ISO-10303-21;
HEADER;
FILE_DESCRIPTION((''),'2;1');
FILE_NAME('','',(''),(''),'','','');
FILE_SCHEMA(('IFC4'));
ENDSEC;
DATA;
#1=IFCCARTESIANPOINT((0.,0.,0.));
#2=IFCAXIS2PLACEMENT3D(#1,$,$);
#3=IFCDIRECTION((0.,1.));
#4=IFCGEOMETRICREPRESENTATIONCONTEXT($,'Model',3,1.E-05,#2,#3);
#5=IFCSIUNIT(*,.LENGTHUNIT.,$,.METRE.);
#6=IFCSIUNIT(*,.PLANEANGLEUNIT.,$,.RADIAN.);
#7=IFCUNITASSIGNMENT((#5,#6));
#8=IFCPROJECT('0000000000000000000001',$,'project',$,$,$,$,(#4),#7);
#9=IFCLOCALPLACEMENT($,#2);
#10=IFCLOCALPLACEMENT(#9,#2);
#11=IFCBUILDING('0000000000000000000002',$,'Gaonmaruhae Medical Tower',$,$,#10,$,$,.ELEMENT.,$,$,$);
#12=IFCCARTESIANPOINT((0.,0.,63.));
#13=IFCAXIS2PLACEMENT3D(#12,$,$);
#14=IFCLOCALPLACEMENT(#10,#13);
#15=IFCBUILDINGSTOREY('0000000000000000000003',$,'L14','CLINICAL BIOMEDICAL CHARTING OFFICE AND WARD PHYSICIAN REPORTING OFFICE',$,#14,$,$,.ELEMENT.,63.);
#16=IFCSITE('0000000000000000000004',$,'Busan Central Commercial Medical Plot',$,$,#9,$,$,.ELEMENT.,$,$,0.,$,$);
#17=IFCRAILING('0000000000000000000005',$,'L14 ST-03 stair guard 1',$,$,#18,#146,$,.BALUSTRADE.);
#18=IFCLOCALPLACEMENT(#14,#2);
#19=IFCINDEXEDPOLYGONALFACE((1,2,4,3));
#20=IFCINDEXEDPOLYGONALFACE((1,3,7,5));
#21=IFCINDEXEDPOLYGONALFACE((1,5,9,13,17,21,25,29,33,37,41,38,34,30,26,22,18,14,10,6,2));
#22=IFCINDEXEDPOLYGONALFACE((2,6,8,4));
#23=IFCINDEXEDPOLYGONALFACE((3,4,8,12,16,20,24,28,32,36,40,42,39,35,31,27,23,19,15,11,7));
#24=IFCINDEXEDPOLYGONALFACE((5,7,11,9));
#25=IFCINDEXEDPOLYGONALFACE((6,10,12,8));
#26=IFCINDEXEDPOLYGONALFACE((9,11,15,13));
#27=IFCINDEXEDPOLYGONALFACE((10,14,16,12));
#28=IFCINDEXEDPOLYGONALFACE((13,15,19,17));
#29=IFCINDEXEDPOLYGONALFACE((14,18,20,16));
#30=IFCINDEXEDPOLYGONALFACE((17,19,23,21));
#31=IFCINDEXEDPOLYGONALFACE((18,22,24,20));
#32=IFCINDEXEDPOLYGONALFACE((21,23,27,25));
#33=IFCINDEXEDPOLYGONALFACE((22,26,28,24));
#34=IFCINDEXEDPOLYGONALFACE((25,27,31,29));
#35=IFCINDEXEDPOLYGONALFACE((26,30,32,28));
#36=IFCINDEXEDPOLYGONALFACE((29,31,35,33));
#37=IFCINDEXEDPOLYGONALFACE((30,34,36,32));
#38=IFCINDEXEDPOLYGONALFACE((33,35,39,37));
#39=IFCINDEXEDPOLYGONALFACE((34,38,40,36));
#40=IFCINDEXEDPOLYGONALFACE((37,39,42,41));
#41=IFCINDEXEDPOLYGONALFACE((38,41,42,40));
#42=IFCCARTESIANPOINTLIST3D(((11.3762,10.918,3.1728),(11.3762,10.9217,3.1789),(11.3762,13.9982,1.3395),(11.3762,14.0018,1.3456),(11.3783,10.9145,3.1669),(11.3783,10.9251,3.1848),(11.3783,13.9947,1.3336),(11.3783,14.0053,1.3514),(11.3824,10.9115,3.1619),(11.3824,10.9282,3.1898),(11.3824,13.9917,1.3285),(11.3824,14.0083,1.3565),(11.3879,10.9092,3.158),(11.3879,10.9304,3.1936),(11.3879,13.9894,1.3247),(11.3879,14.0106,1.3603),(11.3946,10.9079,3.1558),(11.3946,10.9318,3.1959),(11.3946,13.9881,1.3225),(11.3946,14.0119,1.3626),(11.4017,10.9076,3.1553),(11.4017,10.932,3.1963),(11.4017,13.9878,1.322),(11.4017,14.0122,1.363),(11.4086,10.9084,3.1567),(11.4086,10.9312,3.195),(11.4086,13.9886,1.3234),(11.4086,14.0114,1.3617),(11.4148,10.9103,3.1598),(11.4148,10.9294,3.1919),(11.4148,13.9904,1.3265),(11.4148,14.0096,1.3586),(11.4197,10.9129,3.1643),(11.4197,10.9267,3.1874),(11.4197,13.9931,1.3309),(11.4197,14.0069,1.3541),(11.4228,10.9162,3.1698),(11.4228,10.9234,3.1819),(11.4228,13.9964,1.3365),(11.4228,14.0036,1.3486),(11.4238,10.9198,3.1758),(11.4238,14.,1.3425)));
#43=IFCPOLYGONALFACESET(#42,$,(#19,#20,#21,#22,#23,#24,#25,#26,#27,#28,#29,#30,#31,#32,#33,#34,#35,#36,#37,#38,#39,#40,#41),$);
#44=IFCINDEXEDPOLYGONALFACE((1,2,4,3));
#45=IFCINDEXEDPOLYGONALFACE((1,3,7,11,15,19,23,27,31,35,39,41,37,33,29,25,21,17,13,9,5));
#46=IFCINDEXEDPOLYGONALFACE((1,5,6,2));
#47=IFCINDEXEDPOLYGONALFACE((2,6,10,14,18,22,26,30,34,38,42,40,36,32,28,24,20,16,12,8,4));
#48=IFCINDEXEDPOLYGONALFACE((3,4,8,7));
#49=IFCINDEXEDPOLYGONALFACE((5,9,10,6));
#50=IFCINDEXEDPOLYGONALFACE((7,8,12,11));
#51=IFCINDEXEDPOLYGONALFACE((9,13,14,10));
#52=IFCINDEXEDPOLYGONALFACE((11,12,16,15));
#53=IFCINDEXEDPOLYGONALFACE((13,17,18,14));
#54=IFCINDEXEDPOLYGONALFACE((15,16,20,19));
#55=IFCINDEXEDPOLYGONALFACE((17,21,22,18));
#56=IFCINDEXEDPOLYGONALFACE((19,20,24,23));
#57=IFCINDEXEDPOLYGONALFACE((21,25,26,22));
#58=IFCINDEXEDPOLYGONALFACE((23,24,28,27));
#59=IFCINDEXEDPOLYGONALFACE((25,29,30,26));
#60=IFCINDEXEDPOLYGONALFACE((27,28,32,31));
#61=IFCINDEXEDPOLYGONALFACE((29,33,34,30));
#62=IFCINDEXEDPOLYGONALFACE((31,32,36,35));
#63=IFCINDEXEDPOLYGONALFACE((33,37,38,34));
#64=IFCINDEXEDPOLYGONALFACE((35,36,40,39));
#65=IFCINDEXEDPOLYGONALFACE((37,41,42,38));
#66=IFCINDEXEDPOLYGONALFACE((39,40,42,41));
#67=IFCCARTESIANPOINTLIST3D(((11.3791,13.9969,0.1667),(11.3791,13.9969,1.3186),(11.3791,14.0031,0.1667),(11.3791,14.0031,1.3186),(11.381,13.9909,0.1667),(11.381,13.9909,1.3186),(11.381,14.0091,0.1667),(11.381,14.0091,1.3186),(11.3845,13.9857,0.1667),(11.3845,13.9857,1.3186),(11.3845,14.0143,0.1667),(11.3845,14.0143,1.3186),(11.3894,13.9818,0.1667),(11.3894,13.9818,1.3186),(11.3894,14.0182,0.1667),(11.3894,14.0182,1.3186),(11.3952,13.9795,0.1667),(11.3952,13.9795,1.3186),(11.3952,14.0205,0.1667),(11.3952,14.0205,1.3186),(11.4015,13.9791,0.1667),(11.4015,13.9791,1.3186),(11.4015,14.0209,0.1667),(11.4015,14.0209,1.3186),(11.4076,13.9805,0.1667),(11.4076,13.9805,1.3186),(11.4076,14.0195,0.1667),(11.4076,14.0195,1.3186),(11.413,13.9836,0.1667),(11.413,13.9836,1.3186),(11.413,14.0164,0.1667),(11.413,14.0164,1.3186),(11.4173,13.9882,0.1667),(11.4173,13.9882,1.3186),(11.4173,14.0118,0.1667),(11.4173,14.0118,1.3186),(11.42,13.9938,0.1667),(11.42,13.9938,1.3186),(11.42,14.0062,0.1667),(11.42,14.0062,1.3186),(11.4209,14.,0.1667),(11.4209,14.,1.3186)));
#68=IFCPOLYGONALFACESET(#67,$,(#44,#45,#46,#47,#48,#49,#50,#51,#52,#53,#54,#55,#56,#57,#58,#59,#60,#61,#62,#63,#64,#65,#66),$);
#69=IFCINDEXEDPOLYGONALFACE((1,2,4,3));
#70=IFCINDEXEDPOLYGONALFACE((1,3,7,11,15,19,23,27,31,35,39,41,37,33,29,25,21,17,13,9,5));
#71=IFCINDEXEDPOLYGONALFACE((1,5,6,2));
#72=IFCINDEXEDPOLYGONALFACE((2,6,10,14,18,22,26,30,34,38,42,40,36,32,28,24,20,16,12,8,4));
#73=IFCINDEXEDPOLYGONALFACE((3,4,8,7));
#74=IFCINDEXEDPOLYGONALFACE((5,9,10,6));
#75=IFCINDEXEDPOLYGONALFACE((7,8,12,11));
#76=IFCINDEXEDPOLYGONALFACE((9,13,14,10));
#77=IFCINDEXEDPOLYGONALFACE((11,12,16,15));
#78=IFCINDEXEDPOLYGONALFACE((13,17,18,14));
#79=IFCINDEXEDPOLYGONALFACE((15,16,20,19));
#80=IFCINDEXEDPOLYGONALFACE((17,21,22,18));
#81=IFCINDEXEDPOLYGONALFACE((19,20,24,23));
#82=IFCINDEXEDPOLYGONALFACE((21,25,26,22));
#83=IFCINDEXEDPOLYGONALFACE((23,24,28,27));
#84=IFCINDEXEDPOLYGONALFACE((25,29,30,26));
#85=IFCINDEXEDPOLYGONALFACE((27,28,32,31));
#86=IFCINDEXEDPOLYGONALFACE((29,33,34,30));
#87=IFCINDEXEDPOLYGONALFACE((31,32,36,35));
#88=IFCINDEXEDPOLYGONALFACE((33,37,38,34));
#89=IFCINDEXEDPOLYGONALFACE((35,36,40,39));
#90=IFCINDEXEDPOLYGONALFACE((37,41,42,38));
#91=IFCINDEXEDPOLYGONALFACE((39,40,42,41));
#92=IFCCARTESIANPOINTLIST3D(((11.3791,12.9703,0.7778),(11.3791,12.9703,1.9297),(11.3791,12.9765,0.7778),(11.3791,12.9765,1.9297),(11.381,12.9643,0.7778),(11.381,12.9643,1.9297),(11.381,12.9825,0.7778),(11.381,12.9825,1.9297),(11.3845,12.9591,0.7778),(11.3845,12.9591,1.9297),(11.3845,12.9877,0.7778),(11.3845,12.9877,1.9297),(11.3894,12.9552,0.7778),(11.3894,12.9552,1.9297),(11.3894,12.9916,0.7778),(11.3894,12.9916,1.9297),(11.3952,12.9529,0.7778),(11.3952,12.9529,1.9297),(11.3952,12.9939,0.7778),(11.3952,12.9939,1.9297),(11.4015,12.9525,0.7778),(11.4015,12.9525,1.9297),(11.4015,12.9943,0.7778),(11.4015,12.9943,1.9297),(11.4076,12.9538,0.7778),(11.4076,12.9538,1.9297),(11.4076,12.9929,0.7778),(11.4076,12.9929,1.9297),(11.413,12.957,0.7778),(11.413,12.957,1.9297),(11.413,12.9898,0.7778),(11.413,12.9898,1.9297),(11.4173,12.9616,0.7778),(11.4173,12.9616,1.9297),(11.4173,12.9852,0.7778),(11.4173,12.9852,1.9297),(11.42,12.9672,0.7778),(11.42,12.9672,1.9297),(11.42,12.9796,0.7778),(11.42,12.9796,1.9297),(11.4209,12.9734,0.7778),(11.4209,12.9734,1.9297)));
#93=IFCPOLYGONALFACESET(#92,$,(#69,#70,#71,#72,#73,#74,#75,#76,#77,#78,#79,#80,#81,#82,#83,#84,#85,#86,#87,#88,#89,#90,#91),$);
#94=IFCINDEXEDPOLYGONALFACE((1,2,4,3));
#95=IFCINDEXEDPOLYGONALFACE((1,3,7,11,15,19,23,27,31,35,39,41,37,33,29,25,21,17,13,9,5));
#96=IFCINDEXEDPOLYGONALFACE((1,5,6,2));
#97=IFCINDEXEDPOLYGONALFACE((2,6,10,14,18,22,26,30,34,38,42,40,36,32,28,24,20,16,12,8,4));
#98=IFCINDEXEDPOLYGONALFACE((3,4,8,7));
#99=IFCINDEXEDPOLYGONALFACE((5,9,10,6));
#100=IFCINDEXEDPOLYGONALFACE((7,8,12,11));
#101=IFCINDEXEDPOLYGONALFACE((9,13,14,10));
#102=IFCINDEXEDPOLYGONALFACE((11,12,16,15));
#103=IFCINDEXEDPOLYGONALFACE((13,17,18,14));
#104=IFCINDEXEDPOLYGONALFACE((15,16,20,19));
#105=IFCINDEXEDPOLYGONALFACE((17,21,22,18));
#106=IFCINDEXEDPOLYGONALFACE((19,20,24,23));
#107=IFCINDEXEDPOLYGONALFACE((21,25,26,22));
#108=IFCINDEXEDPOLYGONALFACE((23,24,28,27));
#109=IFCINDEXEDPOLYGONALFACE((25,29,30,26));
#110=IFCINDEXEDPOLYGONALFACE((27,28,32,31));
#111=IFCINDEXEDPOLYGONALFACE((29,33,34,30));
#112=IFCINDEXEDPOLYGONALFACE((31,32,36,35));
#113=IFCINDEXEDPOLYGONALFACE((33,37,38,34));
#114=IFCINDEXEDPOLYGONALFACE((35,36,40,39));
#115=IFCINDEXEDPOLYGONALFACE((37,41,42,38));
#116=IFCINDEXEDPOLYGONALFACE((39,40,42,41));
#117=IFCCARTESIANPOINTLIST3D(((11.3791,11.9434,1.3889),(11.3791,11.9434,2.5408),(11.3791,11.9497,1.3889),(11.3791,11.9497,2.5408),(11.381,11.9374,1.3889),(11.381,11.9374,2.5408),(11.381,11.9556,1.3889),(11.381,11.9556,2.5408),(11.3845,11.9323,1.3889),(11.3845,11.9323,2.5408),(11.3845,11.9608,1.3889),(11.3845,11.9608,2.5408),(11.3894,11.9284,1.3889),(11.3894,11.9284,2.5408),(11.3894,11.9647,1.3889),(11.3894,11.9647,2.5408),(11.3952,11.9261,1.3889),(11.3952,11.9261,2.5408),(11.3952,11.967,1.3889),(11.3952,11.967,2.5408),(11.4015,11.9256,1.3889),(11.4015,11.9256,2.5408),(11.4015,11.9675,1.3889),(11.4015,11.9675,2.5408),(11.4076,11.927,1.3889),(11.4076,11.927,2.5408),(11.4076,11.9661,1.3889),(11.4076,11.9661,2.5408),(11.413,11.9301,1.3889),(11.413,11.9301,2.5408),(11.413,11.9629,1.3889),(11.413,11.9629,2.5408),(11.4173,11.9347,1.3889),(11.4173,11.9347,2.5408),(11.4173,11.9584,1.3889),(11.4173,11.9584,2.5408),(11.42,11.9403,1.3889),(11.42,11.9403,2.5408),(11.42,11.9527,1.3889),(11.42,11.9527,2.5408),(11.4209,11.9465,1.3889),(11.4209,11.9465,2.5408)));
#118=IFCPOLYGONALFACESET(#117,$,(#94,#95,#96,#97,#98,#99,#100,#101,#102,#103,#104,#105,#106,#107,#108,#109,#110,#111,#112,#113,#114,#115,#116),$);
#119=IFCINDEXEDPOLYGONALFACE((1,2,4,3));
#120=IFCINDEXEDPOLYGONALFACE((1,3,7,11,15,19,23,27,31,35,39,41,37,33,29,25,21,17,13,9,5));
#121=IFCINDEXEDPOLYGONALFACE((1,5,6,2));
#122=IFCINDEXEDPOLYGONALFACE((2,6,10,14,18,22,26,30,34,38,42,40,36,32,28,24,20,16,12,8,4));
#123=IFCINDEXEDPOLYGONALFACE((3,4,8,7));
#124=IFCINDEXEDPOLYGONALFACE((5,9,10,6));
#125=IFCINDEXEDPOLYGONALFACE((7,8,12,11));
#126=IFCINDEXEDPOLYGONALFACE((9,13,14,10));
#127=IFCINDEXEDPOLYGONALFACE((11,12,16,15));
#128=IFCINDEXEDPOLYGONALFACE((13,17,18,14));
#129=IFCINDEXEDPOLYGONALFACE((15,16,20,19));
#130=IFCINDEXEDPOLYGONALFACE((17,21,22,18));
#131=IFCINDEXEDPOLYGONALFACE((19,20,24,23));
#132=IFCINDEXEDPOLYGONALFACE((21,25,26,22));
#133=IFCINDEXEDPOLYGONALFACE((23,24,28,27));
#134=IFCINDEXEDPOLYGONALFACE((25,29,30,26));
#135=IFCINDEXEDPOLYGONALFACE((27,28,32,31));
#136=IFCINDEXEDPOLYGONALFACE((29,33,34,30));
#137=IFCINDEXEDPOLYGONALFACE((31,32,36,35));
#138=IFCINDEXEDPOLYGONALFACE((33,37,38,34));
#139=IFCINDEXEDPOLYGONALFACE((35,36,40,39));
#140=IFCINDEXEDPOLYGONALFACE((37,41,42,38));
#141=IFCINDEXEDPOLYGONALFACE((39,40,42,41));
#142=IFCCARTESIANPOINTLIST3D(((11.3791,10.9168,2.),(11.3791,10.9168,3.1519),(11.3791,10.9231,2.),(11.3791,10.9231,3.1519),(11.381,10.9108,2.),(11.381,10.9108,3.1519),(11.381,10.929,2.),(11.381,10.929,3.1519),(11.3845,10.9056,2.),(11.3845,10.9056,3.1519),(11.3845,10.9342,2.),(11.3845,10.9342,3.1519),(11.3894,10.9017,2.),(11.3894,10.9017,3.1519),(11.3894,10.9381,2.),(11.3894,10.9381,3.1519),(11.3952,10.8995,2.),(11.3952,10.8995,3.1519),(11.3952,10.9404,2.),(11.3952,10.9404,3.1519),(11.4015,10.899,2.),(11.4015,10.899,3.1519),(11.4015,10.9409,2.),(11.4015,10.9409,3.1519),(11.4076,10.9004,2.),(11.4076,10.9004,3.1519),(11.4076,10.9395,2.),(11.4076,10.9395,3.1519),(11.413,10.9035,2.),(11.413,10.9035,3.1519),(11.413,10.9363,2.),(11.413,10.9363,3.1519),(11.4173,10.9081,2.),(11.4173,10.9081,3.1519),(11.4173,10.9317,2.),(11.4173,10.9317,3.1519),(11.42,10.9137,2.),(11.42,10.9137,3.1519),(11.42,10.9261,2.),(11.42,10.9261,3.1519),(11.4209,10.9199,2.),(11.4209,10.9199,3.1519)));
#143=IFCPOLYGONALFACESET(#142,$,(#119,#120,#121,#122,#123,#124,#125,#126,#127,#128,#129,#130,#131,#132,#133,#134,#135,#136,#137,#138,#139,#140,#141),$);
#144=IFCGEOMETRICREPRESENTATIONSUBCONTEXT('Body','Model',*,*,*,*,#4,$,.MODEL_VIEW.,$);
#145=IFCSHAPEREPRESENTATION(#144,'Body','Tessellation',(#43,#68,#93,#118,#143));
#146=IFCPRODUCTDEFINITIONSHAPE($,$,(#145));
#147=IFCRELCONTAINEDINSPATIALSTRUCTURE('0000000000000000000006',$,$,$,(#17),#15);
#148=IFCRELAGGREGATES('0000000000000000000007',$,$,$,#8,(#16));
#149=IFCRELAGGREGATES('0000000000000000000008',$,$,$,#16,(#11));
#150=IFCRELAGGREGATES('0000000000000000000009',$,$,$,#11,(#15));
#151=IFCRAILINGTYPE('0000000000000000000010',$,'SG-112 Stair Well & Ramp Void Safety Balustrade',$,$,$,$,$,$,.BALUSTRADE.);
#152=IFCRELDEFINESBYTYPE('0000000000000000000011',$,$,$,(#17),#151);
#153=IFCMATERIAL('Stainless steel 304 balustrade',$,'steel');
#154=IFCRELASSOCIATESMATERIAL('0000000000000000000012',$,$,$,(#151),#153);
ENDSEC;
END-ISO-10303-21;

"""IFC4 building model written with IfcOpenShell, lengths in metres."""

from ifc_helpers import new_model, si_unit, direction, frame, origin, origin_2d, place, context, subcontext, project, spatial, circle, extrude, material, type_object, element, save


model = new_model("IFC4")

# Units and contexts
model_context = context("Model", 3, precision=1e-05, world=origin(), true_north=direction((0.0, 1.0)))
body_context = subcontext(model_context, "Body", "Model", "MODEL_VIEW")
ifc_project = project(units=[si_unit("LENGTHUNIT", "METRE"), si_unit("PLANEANGLEUNIT", "RADIAN")], contexts=[model_context])

# Site, building, storey
site_placement = place(None, origin())
site = spatial("IfcSite", under=ifc_project, at=site_placement, Name="Busan Central Commercial Medical Plot", CompositionType="ELEMENT", RefElevation=0.0)
building_placement = place(site_placement, origin())
building = spatial("IfcBuilding", under=site, at=building_placement, Name="Gaonmaruhae Medical Tower", CompositionType="ELEMENT")
storey_placement = place(building_placement, frame((0.0, 0.0, 63.0)))
storey = spatial("IfcBuildingStorey", under=building, at=storey_placement, Name="L14", Description="CLINICAL BIOMEDICAL CHARTING OFFICE AND WARD PHYSICIAN REPORTING OFFICE", CompositionType="ELEMENT", Elevation=63.0)

# Railing
ifc_material_1 = material(Name="Stainless steel 304 balustrade", Category="steel")
railing_type_1 = type_object("IfcRailingType", Name="SG-112 Stair Well & Ramp Void Safety Balustrade", PredefinedType="BALUSTRADE", material=ifc_material_1)
railing_1_placement = place(storey_placement, frame((11.3999, 14.0, 0.1667)))
element("IfcRailing", 1, at=railing_1_placement, inside=storey, type_object=railing_type_1, Name="L14 ST-03 stair guard 1", PredefinedType="BALUSTRADE", context=body_context, shape_type="SweptSolid", body=[
    extrude(circle(Radius=0.0239, at=origin_2d()), frame((0.0, 0.0, 1.1758), z_axis=(0.0, -0.859309, 0.511458), x_axis=(1.0, 0.0, 0.0)), (0.0, 0.0, 1.0), 3.5845),
    extrude(circle(Radius=0.021, at=origin_2d()), origin(), (0.0, 0.0, 1.0), 1.1519),
    extrude(circle(Radius=0.021, at=origin_2d()), frame((0.0, -1.0266, 0.6111)), (0.0, 0.0, 1.0), 1.1519),
    extrude(circle(Radius=0.021, at=origin_2d()), frame((0.0, -2.0535, 1.2222)), (0.0, 0.0, 1.0), 1.1519),
    extrude(circle(Radius=0.021, at=origin_2d()), frame((0.0, -3.0801, 1.8333)), (0.0, 0.0, 1.0), 1.1519),
])

save(model, "model.ifc")
